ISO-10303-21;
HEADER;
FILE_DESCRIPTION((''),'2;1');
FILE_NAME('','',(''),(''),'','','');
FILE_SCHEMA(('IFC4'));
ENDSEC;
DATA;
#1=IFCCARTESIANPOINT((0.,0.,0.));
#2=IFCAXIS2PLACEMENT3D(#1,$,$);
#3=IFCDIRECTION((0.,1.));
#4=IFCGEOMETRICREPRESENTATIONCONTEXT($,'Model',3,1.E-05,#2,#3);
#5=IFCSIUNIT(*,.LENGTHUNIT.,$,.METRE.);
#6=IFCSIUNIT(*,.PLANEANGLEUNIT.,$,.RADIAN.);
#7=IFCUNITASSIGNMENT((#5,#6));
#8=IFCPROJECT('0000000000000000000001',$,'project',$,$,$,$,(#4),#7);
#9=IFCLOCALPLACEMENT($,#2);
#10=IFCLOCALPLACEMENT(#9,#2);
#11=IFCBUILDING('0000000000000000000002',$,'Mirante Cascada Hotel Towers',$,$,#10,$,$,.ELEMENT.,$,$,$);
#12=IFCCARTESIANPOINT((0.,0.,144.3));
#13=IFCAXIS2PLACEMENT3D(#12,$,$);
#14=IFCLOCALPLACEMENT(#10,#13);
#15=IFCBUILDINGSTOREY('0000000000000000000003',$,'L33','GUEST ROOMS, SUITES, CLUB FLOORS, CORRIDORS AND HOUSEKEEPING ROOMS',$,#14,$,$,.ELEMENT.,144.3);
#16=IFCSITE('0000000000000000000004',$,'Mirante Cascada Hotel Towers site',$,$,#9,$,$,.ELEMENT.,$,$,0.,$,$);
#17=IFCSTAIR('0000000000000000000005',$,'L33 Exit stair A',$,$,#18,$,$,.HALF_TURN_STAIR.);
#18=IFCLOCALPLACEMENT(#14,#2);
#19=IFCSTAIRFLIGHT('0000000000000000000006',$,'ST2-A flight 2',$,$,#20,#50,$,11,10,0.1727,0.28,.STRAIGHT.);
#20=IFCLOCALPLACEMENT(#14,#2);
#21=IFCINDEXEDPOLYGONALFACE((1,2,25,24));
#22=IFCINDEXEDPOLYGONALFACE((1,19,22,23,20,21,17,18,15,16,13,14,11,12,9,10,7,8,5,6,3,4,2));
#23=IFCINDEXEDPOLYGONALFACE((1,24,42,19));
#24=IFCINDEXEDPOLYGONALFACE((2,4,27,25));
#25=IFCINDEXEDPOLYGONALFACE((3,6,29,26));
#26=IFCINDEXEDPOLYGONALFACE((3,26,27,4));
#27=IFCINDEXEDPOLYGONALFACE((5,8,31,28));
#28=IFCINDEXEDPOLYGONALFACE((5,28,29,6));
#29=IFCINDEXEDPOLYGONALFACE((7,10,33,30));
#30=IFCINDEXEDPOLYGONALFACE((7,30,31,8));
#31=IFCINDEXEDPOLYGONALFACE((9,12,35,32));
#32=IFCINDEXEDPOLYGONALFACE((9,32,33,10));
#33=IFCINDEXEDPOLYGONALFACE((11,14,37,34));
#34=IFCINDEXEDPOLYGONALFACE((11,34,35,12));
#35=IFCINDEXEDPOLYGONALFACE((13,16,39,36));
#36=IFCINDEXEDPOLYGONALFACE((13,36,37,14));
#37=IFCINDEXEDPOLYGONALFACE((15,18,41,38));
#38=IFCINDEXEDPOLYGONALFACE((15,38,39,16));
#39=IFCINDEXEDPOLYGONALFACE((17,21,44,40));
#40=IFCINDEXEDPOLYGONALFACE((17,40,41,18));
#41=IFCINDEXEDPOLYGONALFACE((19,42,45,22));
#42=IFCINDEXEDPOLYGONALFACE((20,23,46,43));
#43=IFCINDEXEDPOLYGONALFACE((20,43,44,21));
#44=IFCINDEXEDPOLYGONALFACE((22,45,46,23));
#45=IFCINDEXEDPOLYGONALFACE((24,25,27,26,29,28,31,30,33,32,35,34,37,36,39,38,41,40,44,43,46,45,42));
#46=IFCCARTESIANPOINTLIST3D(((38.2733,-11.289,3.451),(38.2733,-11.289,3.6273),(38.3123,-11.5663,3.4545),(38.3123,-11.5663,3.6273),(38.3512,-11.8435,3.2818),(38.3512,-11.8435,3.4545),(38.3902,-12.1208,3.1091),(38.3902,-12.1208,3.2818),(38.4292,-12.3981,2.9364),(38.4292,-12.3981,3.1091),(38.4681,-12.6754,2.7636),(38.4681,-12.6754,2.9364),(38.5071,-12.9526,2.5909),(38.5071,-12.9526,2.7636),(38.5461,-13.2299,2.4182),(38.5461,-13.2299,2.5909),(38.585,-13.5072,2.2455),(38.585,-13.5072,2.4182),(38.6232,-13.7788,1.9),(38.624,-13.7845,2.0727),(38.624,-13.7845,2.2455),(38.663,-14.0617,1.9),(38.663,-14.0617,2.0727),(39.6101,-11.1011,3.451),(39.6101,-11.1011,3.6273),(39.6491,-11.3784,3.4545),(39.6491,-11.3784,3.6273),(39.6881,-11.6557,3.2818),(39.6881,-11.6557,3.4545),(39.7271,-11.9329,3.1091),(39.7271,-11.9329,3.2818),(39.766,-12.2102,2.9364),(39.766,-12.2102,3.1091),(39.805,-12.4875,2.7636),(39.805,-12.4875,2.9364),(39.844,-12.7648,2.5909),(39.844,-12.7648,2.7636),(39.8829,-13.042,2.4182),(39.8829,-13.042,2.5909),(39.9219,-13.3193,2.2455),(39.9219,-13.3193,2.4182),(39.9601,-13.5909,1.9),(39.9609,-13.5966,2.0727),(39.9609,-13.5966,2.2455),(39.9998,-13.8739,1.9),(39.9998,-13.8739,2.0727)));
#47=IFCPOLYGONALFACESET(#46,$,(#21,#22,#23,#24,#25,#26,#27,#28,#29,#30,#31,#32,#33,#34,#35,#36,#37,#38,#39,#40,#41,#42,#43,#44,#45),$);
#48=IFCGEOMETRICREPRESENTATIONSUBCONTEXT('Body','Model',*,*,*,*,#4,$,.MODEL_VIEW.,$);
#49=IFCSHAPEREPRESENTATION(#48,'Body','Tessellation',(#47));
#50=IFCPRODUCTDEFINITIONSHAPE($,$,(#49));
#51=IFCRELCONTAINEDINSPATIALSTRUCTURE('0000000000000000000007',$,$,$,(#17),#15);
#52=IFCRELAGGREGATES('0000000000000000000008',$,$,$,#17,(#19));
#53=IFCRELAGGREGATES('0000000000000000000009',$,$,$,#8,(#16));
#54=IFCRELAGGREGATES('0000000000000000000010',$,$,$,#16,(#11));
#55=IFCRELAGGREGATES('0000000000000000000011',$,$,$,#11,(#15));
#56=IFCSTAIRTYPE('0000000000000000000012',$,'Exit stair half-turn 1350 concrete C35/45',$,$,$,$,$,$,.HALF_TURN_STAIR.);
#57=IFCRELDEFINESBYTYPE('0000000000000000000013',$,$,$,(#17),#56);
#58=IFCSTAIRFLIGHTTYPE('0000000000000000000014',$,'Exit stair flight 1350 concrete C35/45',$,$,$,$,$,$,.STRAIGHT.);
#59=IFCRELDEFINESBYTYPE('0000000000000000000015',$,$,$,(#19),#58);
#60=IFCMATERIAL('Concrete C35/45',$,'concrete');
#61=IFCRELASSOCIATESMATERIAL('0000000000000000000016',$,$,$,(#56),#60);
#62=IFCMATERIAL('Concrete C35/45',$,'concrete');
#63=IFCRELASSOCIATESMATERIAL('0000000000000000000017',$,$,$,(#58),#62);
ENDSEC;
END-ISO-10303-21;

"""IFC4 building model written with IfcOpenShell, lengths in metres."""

from ifc_helpers import new_model, si_unit, direction, frame, origin, place, context, subcontext, project, spatial, polyline, outline, extrude, material, type_object, element, aggregate, save


model = new_model("IFC4")

# Units and contexts
model_context = context("Model", 3, precision=1e-05, world=origin(), true_north=direction((0.0, 1.0)))
body_context = subcontext(model_context, "Body", "Model", "MODEL_VIEW")
ifc_project = project(units=[si_unit("LENGTHUNIT", "METRE"), si_unit("PLANEANGLEUNIT", "RADIAN")], contexts=[model_context])

# Site, building, storey
site_placement = place(None, origin())
site = spatial("IfcSite", under=ifc_project, at=site_placement, Name="Mirante Cascada Hotel Towers site", CompositionType="ELEMENT", RefElevation=0.0)
building_placement = place(site_placement, origin())
building = spatial("IfcBuilding", under=site, at=building_placement, Name="Mirante Cascada Hotel Towers", CompositionType="ELEMENT")
storey_placement = place(building_placement, frame((0.0, 0.0, 144.3)))
storey = spatial("IfcBuildingStorey", under=building, at=storey_placement, Name="L33", Description="GUEST ROOMS, SUITES, CLUB FLOORS, CORRIDORS AND HOUSEKEEPING ROOMS", CompositionType="ELEMENT", Elevation=144.3)

# Stair, stair flight
ifc_material_1 = material(Name="Concrete C35/45", Category="concrete")
stair_type = type_object("IfcStairType", Name="Exit stair half-turn 1350 concrete C35/45", PredefinedType="HALF_TURN_STAIR", material=ifc_material_1)
stair_placement = place(storey_placement, origin())
stair = element("IfcStair", 1, at=stair_placement, inside=storey, type_object=stair_type, Name="L33 Exit stair A", PredefinedType="HALF_TURN_STAIR")
ifc_material_2 = material(Name="Concrete C35/45", Category="concrete")
stair_flight_type = type_object("IfcStairFlightType", Name="Exit stair flight 1350 concrete C35/45", PredefinedType="STRAIGHT", material=ifc_material_2)
stair_flight_placement = place(storey_placement, frame((39.3314, -13.9678, 1.9), z_axis=(0.0, 0.0, 1.0), x_axis=(-0.139173, 0.990268, 0.0)))
stair_flight = element("IfcStairFlight", 2, at=stair_flight_placement, type_object=stair_flight_type, Name="ST2-A flight 2", NumberOfRisers=11, NumberOfTreads=10, PredefinedType="STRAIGHT", RiserHeight=0.1727, TreadLength=0.28, context=body_context, shape_type="SweptSolid", body=[
    extrude(outline(polyline([(0.0, 0.0), (0.0, 0.1727), (0.28, 0.1727), (0.28, 0.3455), (0.56, 0.3455), (0.56, 0.5182), (0.84, 0.5182), (0.84, 0.6909), (1.12, 0.6909), (1.12, 0.8636), (1.4, 0.8636), (1.4, 1.0364), (1.68, 1.0364), (1.68, 1.2091), (1.96, 1.2091), (1.96, 1.3818), (2.24, 1.3818), (2.24, 1.5545), (2.52, 1.5545), (2.52, 1.7273), (2.8, 1.7273), (2.8, 1.9), (2.8, 1.551), (0.2857, 0.0), (0.0, 0.0)])), frame((0.0, 0.675, 0.0), z_axis=(0.0, -1.0, 0.0), x_axis=(1.0, 0.0, 0.0)), (0.0, 0.0, 1.0), 1.35),
])
aggregate(stair, [stair_flight])

save(model, "model.ifc")
